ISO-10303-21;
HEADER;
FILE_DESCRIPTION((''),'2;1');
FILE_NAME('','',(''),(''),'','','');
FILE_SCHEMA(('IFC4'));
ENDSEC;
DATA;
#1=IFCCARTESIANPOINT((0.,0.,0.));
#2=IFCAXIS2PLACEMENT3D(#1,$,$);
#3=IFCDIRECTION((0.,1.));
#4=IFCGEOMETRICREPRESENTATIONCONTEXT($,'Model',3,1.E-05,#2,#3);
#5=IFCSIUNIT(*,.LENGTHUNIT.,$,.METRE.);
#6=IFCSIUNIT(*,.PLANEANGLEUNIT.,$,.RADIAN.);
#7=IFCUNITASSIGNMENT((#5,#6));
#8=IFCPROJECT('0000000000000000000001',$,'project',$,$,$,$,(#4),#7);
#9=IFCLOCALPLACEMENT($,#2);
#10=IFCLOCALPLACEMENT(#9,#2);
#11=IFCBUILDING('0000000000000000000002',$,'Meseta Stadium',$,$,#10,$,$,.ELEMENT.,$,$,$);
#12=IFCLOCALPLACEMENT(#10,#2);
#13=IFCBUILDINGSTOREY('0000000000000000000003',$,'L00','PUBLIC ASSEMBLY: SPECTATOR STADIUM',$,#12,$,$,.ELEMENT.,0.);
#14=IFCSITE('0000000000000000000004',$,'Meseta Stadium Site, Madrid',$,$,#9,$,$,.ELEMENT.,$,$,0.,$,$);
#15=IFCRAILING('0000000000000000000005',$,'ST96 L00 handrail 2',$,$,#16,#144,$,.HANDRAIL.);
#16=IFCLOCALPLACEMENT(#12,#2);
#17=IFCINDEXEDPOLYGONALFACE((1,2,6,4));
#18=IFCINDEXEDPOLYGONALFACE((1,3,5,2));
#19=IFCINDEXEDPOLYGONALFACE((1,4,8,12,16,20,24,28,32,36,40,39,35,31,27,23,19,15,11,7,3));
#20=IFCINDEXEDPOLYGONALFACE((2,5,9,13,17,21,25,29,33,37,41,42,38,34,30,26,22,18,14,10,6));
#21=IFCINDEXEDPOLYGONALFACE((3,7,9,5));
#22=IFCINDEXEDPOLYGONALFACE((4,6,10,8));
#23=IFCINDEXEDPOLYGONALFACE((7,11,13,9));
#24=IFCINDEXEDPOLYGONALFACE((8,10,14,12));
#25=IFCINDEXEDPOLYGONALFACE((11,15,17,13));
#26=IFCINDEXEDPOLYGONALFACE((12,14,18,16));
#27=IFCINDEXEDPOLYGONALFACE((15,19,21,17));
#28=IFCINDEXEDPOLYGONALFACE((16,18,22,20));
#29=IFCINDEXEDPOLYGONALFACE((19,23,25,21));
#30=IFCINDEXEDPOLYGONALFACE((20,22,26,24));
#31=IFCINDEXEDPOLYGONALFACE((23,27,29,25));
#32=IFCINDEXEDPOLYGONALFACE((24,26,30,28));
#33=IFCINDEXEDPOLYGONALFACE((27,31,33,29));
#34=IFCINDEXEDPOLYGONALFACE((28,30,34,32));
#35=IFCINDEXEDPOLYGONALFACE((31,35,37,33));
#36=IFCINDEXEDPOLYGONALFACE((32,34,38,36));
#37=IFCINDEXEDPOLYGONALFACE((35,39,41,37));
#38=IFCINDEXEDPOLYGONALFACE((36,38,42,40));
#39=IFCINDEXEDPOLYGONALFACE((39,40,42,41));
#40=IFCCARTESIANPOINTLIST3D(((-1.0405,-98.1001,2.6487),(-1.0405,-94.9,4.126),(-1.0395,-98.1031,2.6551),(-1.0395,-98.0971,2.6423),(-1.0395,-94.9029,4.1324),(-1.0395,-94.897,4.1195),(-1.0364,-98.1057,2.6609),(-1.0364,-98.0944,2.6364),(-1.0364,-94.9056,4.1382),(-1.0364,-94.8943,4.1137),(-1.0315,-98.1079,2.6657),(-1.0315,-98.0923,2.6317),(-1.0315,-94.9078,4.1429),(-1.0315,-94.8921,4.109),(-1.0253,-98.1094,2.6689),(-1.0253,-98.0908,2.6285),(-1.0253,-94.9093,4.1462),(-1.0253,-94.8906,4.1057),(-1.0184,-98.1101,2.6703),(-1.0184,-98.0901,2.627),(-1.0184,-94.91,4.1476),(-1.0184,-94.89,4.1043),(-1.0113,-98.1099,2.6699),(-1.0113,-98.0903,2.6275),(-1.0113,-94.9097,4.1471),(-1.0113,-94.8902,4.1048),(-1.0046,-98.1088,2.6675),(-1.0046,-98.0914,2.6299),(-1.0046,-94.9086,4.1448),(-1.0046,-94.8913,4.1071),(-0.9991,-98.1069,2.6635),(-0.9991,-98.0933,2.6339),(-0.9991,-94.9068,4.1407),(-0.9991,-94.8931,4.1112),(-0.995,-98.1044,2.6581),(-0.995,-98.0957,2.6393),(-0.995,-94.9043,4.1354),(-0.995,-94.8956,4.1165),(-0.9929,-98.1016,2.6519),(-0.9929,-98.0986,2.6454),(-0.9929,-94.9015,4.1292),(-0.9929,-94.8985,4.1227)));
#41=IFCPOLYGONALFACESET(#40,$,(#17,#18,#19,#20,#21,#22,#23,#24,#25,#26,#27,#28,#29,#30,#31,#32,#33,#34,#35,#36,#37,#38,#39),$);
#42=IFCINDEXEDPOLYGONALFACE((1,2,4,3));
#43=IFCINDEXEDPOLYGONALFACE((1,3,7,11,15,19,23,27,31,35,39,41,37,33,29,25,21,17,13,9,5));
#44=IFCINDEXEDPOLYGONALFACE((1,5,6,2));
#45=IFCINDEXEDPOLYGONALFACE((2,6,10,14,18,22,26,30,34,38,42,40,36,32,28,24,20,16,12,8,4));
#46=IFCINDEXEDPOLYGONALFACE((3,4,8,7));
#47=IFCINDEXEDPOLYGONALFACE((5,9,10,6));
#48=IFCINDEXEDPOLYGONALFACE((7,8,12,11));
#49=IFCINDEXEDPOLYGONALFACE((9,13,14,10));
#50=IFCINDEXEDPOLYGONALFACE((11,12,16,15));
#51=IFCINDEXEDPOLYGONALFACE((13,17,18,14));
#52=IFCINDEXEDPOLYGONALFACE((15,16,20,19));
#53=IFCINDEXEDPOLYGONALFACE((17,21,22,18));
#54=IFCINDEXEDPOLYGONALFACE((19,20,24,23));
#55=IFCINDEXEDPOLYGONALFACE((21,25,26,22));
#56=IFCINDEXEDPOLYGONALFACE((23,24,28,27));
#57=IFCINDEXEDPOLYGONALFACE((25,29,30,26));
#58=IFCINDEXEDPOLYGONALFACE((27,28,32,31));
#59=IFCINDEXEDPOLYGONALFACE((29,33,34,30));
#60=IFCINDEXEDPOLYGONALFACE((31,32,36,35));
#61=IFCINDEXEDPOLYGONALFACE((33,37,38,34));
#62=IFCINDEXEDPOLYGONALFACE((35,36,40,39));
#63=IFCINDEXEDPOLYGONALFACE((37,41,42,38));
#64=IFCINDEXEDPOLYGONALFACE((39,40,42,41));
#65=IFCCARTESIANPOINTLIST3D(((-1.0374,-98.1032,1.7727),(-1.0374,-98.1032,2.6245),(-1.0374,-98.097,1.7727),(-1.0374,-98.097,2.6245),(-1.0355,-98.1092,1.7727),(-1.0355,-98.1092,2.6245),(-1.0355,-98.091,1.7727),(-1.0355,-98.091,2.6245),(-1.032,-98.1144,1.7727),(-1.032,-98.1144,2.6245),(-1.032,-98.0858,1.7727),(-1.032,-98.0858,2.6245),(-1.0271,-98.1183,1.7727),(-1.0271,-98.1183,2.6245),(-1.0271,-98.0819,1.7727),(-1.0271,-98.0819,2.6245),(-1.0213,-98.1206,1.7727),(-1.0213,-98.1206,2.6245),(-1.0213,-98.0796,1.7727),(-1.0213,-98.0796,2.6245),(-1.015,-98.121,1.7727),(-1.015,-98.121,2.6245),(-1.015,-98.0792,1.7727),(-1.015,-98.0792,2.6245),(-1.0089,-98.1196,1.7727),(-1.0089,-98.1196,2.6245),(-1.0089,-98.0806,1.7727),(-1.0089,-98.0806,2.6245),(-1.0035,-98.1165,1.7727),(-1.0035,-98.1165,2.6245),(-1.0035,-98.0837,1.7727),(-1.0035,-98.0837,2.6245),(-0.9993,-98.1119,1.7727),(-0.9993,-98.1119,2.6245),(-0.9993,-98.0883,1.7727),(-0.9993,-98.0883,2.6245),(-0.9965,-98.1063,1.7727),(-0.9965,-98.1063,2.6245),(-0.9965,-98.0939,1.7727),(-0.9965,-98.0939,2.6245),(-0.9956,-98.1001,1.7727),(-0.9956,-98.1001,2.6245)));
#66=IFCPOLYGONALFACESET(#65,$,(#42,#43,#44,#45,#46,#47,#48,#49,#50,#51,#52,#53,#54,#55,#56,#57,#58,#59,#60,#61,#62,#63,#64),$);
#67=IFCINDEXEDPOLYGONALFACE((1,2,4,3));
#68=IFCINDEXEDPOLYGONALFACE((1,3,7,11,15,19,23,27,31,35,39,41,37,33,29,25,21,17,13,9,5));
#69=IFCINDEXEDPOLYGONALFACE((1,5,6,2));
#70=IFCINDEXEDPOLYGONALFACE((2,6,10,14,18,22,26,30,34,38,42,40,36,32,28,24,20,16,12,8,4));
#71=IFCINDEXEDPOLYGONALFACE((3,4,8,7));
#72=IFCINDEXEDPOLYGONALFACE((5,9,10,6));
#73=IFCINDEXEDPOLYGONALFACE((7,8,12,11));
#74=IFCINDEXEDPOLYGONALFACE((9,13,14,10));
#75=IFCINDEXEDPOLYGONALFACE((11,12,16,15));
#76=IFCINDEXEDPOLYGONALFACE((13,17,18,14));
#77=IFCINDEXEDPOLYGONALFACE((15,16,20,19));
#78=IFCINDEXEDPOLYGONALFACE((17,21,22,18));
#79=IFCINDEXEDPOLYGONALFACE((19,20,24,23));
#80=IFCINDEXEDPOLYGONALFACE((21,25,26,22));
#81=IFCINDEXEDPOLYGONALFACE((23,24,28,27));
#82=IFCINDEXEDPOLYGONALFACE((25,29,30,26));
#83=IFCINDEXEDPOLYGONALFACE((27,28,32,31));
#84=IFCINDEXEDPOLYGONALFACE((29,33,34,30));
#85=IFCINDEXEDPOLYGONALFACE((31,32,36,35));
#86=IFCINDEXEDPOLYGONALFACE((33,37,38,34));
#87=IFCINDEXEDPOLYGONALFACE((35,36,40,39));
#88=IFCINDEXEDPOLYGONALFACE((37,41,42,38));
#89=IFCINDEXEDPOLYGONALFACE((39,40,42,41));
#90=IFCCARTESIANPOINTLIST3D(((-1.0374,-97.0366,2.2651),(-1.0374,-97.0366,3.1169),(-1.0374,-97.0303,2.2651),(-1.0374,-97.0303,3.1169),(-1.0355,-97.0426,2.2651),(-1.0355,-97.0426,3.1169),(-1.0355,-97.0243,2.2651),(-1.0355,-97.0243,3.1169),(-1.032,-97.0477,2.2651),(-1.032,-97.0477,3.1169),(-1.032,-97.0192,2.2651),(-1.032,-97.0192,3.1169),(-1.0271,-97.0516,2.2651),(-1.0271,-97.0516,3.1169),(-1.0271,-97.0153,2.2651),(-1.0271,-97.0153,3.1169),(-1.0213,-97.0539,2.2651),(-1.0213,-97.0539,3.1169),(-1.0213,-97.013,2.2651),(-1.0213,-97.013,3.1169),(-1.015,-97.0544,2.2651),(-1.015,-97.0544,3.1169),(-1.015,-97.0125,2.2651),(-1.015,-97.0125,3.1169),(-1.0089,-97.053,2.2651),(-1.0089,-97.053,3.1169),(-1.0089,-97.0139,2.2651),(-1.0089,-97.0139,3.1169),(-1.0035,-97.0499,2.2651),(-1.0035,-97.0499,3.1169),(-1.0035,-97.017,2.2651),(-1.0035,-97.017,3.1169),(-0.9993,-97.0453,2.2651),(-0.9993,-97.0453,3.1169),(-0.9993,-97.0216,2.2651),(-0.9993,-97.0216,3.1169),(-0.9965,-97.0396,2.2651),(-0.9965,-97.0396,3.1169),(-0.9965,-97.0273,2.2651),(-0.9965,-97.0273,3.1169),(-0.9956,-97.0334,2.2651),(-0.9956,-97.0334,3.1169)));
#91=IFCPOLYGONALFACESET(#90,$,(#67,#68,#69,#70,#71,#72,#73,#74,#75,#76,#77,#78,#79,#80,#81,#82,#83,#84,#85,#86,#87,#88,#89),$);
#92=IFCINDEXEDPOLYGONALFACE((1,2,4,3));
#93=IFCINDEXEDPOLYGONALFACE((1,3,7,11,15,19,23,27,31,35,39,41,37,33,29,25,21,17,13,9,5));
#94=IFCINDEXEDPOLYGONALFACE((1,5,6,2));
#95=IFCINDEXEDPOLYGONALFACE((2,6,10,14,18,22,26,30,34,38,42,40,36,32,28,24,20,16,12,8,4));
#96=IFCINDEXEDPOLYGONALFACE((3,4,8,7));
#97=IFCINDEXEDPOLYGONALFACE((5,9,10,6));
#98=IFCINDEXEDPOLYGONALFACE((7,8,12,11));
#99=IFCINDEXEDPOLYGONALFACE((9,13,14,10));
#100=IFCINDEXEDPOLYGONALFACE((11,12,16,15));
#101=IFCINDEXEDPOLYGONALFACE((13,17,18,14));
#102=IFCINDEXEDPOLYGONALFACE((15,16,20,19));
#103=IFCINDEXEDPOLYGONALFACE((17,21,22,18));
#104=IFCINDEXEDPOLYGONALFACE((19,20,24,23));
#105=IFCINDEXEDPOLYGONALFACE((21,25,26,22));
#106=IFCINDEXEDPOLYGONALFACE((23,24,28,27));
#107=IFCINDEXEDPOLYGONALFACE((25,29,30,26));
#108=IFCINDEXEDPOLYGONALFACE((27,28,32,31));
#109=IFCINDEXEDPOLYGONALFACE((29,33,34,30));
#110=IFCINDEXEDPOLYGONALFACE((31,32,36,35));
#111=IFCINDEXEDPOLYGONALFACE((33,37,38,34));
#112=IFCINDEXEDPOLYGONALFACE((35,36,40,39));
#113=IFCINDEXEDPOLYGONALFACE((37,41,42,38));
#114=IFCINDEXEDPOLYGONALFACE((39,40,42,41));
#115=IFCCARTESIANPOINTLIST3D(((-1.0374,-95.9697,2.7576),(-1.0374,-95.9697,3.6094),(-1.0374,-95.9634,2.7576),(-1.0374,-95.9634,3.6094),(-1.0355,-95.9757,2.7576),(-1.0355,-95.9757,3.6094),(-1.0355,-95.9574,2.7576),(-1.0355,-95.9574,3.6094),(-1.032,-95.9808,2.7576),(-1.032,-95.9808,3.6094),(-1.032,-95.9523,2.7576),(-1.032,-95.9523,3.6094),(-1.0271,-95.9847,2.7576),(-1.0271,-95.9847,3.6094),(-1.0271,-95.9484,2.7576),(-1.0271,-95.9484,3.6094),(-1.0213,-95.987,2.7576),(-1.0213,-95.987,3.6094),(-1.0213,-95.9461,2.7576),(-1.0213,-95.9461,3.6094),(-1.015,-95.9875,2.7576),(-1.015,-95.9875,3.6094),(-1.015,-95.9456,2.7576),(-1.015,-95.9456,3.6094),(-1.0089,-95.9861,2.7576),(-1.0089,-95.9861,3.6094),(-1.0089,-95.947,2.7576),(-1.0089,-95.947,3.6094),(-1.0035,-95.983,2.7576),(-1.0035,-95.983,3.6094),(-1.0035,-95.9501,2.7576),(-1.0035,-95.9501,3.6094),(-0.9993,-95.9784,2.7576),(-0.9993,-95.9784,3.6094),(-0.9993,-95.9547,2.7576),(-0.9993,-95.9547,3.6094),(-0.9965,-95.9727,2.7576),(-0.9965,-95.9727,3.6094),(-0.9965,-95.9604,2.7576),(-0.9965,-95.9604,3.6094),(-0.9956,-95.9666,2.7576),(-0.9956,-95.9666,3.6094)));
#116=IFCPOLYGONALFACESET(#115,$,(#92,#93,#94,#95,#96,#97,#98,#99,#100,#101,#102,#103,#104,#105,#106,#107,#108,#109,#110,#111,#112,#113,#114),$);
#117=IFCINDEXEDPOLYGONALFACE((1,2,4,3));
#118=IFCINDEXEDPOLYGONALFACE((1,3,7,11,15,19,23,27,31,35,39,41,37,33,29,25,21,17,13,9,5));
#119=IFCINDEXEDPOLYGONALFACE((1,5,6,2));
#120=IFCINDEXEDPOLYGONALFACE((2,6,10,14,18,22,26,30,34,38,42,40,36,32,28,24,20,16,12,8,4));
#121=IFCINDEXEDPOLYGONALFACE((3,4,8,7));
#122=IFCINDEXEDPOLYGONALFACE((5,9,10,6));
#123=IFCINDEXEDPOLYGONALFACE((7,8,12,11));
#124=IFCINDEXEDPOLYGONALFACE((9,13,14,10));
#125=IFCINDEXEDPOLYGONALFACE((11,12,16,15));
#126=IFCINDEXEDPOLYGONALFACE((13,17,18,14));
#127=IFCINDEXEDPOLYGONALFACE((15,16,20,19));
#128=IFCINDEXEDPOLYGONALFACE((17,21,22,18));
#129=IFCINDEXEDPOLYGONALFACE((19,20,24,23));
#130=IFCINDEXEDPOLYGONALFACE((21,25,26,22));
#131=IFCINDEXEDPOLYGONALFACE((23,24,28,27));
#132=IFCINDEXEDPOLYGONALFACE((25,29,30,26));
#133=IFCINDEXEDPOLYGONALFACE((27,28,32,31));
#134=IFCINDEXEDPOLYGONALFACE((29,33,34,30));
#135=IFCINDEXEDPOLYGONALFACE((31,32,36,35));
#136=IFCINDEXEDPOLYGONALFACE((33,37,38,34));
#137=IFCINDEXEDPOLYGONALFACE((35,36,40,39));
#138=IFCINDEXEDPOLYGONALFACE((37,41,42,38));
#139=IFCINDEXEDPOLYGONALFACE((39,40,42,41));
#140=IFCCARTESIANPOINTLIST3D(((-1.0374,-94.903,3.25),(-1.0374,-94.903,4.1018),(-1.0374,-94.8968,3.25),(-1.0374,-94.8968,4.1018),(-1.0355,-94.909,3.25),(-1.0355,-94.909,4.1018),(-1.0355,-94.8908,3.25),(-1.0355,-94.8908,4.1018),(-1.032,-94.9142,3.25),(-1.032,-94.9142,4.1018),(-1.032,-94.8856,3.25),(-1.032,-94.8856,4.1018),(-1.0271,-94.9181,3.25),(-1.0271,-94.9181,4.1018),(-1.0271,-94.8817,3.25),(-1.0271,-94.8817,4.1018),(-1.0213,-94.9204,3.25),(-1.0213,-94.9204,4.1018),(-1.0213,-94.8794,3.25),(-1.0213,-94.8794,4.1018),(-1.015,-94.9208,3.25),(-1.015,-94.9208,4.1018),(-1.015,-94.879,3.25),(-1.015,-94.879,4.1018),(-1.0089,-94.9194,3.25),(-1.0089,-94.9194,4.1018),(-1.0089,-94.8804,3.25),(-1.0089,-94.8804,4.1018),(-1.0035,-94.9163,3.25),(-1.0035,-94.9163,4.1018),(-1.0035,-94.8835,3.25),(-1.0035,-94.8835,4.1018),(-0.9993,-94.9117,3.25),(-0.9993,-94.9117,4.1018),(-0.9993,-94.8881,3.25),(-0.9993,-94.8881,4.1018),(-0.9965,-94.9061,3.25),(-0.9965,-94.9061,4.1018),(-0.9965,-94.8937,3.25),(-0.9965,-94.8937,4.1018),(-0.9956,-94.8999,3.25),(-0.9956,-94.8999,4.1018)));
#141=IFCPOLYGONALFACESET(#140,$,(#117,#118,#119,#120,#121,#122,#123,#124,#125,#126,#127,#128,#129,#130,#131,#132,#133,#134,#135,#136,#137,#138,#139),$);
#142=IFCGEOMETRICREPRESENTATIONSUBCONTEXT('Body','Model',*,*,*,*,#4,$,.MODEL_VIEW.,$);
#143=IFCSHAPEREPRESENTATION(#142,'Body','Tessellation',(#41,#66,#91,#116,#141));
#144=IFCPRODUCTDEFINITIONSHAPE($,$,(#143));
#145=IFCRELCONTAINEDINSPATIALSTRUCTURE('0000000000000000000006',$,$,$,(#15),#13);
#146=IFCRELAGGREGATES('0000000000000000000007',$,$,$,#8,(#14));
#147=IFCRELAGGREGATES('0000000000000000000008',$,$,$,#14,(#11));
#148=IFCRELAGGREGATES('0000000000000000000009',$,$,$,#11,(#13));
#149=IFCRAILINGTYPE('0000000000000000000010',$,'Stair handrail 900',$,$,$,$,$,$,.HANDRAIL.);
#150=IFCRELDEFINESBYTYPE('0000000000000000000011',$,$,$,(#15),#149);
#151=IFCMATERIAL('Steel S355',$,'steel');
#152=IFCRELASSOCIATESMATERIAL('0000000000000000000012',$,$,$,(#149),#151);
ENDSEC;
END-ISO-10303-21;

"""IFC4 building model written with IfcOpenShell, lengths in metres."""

from ifc_helpers import new_model, si_unit, direction, frame, origin, origin_2d, place, context, subcontext, project, spatial, circle, extrude, material, type_object, element, save


model = new_model("IFC4")

# Units and contexts
model_context = context("Model", 3, precision=1e-05, world=origin(), true_north=direction((0.0, 1.0)))
body_context = subcontext(model_context, "Body", "Model", "MODEL_VIEW")
ifc_project = project(units=[si_unit("LENGTHUNIT", "METRE"), si_unit("PLANEANGLEUNIT", "RADIAN")], contexts=[model_context])

# Site, building, storey
site_placement = place(None, origin())
site = spatial("IfcSite", under=ifc_project, at=site_placement, Name="Meseta Stadium Site, Madrid", CompositionType="ELEMENT", RefElevation=0.0)
building_placement = place(site_placement, origin())
building = spatial("IfcBuilding", under=site, at=building_placement, Name="Meseta Stadium", CompositionType="ELEMENT")
storey_placement = place(building_placement, origin())
storey = spatial("IfcBuildingStorey", under=building, at=storey_placement, Name="L00", Description="PUBLIC ASSEMBLY: SPECTATOR STADIUM", CompositionType="ELEMENT", Elevation=0.0)

# Railing
ifc_material_1 = material(Name="Steel S355", Category="steel")
railing_type_1 = type_object("IfcRailingType", Name="Stair handrail 900", PredefinedType="HANDRAIL", material=ifc_material_1)
railing_1_placement = place(storey_placement, frame((-1.0166, -98.1001, 1.7727)))
element("IfcRailing", 1, at=railing_1_placement, inside=storey, type_object=railing_type_1, Name="ST96 L00 handrail 2", PredefinedType="HANDRAIL", context=body_context, shape_type="SweptSolid", body=[
    extrude(circle(Radius=0.0239, at=origin_2d()), frame((0.0, 0.0, 0.876), z_axis=(0.0, 0.907929, 0.419124), x_axis=(-1.0, 0.0, 0.0)), (0.0, 0.0, 1.0), 3.5247),
    extrude(circle(Radius=0.021, at=origin_2d()), origin(), (0.0, 0.0, 1.0), 0.8518),
    extrude(circle(Radius=0.021, at=origin_2d()), frame((0.0, 1.0667, 0.4924)), (0.0, 0.0, 1.0), 0.8518),
    extrude(circle(Radius=0.021, at=origin_2d()), frame((0.0, 2.1335, 0.9849)), (0.0, 0.0, 1.0), 0.8518),
    extrude(circle(Radius=0.021, at=origin_2d()), frame((0.0, 3.2002, 1.4773)), (0.0, 0.0, 1.0), 0.8518),
])

save(model, "model.ifc")
